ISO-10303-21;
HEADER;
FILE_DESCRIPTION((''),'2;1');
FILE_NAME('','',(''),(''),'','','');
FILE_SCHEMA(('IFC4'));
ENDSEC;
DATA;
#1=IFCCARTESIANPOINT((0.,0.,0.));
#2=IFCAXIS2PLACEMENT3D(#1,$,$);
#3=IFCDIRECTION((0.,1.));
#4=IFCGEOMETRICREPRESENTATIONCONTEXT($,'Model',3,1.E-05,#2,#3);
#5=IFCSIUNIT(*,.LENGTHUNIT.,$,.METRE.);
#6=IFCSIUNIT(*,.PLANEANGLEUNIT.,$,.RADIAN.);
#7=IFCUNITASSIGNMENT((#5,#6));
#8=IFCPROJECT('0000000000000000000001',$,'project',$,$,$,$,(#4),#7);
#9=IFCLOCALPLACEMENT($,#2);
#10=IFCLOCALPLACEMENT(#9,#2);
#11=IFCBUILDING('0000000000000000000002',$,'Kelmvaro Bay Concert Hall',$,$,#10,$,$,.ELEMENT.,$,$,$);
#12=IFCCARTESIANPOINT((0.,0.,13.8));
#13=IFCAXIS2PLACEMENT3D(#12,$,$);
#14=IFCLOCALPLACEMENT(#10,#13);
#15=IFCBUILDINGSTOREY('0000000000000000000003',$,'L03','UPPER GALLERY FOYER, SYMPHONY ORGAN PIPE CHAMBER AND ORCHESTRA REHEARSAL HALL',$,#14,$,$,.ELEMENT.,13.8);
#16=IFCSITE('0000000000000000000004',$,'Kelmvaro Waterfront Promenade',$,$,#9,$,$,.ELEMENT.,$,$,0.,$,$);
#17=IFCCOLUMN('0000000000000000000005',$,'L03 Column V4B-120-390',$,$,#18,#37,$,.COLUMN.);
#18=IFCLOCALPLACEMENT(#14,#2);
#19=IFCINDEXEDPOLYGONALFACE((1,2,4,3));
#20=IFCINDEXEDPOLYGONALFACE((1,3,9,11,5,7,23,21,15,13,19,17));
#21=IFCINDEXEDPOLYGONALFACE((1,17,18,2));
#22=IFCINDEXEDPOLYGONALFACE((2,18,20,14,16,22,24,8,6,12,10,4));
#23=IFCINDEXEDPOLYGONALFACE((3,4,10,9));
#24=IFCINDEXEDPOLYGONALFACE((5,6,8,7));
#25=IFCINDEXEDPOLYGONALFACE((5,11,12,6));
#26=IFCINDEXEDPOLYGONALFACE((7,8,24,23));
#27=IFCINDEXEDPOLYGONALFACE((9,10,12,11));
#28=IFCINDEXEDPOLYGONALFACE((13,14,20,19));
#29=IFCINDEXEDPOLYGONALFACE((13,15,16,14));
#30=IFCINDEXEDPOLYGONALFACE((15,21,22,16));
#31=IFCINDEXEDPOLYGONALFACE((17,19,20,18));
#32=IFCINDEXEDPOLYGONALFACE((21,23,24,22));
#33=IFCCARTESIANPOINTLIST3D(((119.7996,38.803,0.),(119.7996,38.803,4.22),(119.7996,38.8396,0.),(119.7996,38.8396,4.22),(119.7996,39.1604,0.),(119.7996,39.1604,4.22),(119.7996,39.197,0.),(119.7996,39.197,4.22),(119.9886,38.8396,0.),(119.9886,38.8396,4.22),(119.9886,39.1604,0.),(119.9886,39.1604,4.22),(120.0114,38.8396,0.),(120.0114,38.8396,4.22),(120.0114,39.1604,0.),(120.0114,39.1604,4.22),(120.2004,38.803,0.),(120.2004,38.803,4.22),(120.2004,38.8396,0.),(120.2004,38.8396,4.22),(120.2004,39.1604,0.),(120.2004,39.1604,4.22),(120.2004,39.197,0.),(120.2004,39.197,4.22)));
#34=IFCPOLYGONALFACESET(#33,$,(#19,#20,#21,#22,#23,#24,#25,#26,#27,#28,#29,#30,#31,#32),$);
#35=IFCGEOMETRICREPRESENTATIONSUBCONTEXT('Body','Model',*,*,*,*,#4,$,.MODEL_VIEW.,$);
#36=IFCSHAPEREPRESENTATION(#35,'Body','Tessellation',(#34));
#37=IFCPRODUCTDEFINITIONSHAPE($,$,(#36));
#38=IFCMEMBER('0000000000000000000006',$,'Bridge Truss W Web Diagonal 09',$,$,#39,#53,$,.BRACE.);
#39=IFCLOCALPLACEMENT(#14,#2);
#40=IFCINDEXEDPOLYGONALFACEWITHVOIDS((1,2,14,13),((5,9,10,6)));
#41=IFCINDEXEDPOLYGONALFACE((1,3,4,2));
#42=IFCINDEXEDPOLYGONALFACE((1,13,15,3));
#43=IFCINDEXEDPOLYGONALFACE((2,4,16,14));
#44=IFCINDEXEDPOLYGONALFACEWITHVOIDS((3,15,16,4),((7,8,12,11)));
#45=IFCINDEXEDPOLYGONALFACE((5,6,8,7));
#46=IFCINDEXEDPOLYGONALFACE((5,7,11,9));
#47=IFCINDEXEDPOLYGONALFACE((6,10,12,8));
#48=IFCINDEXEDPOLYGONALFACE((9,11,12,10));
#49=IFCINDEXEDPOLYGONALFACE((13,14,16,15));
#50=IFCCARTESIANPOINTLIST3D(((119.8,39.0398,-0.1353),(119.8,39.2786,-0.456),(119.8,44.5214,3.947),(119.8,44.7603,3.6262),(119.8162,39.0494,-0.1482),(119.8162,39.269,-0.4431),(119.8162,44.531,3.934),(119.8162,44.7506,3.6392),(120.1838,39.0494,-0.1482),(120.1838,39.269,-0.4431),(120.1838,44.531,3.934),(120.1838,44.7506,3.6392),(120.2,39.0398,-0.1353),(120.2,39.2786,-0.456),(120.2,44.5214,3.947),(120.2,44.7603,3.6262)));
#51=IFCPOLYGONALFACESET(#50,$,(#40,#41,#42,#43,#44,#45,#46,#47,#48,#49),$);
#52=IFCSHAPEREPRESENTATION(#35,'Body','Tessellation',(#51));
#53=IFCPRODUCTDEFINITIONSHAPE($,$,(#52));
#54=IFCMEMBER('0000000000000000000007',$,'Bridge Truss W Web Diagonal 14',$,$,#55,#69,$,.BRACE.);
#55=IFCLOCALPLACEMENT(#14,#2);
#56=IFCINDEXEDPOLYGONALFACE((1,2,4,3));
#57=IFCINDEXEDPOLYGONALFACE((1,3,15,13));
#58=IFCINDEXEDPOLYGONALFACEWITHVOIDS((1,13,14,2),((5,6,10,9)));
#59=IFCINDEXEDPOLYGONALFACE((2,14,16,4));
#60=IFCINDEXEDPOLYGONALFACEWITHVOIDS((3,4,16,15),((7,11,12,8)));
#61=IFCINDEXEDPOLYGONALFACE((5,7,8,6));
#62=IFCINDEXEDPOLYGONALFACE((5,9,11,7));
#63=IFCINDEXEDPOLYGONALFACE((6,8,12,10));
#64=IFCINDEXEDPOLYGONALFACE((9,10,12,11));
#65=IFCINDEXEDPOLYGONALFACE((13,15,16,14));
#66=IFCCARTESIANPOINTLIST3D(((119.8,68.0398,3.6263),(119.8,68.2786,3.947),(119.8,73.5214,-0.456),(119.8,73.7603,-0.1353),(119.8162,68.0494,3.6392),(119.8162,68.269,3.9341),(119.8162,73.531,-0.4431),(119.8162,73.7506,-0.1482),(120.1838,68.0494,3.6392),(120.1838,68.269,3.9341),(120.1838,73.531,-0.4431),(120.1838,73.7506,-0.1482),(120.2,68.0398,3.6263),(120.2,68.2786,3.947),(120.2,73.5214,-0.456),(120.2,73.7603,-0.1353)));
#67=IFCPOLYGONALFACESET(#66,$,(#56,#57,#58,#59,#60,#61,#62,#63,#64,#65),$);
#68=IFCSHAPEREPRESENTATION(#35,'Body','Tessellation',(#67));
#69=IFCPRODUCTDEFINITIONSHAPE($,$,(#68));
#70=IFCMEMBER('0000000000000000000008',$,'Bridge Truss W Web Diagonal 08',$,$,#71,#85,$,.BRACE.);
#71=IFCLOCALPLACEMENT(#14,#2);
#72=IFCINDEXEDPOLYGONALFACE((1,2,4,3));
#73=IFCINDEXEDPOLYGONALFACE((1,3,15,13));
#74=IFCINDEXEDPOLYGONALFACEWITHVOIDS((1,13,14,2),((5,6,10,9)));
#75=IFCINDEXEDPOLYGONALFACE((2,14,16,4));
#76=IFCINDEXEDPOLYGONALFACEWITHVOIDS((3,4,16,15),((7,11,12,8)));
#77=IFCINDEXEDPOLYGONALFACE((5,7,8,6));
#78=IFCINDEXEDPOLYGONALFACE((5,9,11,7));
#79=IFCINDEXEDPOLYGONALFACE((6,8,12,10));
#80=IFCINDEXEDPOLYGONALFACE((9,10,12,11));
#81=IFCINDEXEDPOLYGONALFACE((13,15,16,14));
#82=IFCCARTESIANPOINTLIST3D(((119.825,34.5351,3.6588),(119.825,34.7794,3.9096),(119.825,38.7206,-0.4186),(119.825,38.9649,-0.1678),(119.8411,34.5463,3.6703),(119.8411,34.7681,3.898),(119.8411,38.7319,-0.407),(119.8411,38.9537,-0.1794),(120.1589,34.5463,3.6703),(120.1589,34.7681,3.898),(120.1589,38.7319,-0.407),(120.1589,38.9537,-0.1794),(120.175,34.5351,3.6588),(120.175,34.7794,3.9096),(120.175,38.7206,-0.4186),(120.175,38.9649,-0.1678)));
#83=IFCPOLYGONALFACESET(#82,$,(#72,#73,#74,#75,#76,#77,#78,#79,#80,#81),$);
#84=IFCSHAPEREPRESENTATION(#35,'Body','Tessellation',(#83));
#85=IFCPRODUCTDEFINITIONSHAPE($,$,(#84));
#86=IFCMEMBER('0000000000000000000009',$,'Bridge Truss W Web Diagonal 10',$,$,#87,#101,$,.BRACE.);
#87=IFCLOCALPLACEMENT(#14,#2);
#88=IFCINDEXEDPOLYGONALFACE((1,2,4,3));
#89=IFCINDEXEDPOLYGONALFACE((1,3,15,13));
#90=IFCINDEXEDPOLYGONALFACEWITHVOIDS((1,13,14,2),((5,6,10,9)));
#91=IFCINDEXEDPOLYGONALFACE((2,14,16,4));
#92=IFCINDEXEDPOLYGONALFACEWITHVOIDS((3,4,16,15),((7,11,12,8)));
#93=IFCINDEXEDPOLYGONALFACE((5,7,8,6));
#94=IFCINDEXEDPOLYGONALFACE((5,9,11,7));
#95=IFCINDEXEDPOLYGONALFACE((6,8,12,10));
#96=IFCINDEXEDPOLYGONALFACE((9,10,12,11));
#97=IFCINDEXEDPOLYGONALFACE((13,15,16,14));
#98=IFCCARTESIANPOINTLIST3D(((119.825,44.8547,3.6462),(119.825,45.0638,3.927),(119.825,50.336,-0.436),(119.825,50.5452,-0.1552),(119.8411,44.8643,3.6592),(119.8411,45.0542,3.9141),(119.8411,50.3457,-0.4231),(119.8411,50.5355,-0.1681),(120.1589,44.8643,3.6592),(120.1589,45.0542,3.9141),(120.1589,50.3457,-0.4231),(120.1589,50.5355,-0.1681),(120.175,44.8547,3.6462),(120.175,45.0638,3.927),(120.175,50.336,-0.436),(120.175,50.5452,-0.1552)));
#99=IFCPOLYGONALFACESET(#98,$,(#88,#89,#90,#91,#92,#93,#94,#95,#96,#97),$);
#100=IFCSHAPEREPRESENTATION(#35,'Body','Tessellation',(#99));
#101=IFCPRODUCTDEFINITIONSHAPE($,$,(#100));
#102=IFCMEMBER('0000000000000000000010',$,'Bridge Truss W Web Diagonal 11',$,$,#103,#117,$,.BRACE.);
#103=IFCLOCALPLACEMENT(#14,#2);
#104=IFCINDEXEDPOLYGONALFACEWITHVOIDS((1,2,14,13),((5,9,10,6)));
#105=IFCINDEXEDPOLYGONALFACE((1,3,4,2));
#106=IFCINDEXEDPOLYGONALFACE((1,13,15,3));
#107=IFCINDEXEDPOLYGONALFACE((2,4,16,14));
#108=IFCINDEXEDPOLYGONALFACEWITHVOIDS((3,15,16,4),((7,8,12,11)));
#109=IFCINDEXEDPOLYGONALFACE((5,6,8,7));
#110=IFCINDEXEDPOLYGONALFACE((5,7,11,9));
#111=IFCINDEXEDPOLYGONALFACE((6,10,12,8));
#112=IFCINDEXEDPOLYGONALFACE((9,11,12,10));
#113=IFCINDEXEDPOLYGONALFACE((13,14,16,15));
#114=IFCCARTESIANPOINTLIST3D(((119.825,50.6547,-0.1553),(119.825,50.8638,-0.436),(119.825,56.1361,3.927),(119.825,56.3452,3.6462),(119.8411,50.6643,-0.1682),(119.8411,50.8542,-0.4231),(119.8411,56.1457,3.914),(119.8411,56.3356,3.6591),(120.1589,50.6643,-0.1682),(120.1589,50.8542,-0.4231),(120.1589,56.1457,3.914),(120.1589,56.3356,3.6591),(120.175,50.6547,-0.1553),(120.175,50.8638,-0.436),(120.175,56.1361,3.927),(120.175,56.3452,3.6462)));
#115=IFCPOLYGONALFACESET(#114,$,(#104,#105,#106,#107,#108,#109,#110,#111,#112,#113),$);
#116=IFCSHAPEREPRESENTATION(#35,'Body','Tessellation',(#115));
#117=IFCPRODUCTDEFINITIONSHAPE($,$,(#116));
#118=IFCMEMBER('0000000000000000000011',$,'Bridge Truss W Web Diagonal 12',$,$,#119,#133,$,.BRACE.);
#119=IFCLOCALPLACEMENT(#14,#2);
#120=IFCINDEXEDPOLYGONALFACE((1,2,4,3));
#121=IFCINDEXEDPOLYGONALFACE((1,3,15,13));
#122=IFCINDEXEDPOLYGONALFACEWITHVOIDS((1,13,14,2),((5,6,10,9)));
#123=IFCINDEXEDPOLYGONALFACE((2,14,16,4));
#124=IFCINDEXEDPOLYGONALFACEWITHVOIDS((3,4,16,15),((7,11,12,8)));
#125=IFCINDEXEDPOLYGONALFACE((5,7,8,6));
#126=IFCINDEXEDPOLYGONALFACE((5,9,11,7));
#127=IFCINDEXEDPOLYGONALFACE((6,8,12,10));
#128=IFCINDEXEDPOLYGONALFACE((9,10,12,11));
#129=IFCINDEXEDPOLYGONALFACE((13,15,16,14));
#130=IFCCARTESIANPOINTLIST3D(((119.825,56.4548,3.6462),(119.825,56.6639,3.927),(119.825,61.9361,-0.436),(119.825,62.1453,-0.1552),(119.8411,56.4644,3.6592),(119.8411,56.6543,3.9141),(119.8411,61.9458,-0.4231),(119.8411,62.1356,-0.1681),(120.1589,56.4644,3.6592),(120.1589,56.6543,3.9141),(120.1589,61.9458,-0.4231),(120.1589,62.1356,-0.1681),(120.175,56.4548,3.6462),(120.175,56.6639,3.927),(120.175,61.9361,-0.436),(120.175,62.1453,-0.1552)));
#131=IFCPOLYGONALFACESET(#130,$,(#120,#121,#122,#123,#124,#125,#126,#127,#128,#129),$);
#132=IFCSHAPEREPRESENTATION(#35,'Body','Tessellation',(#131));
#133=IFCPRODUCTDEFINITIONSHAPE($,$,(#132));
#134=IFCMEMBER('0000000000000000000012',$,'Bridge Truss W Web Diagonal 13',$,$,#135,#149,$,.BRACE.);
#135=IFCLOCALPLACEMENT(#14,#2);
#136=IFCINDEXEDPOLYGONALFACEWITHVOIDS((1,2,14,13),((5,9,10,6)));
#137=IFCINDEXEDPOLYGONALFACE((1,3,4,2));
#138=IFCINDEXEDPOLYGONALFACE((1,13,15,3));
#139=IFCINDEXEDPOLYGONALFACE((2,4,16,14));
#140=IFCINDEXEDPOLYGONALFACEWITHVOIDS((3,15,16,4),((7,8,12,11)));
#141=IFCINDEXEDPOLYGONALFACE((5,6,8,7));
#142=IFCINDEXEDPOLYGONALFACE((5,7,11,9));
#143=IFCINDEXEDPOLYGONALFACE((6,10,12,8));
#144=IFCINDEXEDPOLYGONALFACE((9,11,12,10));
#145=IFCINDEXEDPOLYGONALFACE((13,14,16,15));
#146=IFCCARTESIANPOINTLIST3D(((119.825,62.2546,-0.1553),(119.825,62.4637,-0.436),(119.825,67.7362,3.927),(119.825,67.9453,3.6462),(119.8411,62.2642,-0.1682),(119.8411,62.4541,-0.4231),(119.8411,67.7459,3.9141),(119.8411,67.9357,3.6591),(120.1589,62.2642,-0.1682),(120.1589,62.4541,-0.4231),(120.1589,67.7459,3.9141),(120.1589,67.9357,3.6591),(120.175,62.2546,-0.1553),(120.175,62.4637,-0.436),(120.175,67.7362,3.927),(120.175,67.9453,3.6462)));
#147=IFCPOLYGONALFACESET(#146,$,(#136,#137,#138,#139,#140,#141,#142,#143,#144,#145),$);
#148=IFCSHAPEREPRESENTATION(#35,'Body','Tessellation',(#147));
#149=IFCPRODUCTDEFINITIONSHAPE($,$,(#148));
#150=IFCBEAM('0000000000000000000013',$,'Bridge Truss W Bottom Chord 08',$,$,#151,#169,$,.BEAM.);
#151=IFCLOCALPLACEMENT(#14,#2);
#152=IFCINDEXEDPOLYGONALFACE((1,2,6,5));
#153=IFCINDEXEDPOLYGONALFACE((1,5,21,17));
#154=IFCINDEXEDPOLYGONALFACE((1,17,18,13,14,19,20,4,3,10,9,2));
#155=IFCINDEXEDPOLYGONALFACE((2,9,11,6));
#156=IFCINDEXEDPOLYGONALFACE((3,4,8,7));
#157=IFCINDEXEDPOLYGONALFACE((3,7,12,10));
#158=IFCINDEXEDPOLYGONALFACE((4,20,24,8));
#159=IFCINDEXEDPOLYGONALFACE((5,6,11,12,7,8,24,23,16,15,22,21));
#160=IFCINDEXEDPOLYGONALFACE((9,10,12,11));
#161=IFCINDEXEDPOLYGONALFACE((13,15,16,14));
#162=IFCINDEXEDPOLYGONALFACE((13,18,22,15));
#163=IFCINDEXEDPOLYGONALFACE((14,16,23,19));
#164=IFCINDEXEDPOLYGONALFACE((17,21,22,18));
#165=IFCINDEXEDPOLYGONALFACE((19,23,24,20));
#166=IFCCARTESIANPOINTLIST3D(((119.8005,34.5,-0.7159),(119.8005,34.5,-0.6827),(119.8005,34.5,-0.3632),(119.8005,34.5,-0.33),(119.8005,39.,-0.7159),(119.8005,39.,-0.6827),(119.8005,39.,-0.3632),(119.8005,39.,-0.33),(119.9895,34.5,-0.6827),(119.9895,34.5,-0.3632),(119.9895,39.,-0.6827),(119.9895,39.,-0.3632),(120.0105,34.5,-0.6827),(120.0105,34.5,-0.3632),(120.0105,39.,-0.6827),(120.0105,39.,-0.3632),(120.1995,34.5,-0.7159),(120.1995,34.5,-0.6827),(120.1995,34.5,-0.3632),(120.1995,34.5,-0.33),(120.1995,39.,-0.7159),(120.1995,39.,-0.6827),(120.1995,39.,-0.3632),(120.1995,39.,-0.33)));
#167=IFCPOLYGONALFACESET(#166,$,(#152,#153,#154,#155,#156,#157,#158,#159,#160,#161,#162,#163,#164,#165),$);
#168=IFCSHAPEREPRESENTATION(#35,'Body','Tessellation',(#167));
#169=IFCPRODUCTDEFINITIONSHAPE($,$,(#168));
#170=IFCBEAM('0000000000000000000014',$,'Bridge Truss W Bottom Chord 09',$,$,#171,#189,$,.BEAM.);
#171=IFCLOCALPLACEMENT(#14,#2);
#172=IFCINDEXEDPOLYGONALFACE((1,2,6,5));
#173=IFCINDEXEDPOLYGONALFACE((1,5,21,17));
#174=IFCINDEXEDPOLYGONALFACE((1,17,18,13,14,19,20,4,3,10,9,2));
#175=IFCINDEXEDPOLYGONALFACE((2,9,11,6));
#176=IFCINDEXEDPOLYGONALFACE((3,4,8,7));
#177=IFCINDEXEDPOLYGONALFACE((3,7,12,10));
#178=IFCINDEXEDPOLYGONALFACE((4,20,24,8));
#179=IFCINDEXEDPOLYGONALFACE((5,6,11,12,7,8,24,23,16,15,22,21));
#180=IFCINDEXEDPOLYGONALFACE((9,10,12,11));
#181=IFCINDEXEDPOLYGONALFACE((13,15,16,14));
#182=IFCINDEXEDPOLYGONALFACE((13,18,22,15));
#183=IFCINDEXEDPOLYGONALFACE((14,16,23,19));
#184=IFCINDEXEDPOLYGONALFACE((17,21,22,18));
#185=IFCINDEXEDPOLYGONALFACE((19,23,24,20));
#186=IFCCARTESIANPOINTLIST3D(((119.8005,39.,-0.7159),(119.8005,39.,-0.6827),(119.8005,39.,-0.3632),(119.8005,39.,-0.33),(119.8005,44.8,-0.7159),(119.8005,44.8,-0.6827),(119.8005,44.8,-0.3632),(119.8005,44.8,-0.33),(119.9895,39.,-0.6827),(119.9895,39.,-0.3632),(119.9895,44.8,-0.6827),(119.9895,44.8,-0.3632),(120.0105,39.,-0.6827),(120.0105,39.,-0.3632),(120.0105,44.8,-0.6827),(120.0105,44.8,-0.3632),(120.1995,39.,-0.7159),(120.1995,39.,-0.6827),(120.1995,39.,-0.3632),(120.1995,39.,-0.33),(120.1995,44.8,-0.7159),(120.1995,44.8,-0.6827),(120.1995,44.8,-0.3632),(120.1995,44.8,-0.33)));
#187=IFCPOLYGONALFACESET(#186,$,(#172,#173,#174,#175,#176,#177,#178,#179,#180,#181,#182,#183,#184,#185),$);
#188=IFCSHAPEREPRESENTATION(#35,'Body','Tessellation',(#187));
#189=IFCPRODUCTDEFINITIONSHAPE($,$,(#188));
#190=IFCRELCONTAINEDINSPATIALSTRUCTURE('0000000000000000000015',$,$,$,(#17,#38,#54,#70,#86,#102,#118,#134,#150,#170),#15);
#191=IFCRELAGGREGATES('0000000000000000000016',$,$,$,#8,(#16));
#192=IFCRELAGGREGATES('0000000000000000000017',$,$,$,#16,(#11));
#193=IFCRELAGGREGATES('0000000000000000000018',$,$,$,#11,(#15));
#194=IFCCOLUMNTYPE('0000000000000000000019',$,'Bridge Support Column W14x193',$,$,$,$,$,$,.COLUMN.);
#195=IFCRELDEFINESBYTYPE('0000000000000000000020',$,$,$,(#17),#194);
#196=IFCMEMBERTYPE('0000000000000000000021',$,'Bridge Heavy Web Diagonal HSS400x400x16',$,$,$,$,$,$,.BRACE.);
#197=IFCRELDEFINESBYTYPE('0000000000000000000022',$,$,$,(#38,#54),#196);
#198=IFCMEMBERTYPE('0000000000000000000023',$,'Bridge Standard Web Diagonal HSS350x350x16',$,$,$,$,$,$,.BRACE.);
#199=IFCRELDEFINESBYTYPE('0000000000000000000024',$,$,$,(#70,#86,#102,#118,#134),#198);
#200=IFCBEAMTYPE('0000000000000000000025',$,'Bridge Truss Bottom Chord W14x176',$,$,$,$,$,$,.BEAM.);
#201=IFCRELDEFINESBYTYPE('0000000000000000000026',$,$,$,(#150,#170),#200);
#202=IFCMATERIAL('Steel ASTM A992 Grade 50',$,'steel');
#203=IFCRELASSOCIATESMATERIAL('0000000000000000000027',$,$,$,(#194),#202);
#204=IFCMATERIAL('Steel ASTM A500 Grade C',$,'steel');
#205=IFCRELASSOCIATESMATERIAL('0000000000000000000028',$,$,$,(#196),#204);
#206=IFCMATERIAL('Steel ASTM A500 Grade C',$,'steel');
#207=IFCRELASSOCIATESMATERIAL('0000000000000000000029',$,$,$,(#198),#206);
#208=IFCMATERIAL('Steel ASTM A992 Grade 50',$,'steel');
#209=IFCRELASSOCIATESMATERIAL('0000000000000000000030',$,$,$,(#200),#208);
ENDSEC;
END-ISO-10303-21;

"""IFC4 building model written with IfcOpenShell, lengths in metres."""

from ifc_helpers import new_model, si_unit, direction, frame, origin, origin_2d, place, context, subcontext, project, spatial, hollow_rectangle, i_section, extrude, material, material_profile, profile_set, type_object, element, save


model = new_model("IFC4")

# Units and contexts
model_context = context("Model", 3, precision=1e-05, world=origin(), true_north=direction((0.0, 1.0)))
body_context = subcontext(model_context, "Body", "Model", "MODEL_VIEW")
ifc_project = project(units=[si_unit("LENGTHUNIT", "METRE"), si_unit("PLANEANGLEUNIT", "RADIAN")], contexts=[model_context])

# Site, building, storey
site_placement = place(None, origin())
site = spatial("IfcSite", under=ifc_project, at=site_placement, Name="Kelmvaro Waterfront Promenade", CompositionType="ELEMENT", RefElevation=0.0)
building_placement = place(site_placement, origin())
building = spatial("IfcBuilding", under=site, at=building_placement, Name="Kelmvaro Bay Concert Hall", CompositionType="ELEMENT")
storey_placement = place(building_placement, frame((0.0, 0.0, 13.8)))
storey = spatial("IfcBuildingStorey", under=building, at=storey_placement, Name="L03", Description="UPPER GALLERY FOYER, SYMPHONY ORGAN PIPE CHAMBER AND ORCHESTRA REHEARSAL HALL", CompositionType="ELEMENT", Elevation=13.8)

# Column
ifc_material_1 = material(Name="Steel ASTM A992 Grade 50", Category="steel")
ifc_material_profile_1 = material_profile(ifc_material_1, i_section(OverallWidth=0.4009, OverallDepth=0.394, WebThickness=0.0227, FlangeThickness=0.0366, at=origin_2d()), Name="W14X193")
ifc_profile_set_1 = profile_set([ifc_material_profile_1], Name="Steel ASTM A992 Grade 50")
column_type = type_object("IfcColumnType", Name="Bridge Support Column W14x193", PredefinedType="COLUMN", material=ifc_profile_set_1)
column_placement = place(storey_placement, frame((120.0, 39.0, 0.0), z_axis=(0.0, 0.0, 1.0), x_axis=(1.0, 0.0, 0.0)))
element("IfcColumn", 1, at=column_placement, inside=storey, type_object=column_type, Name="L03 Column V4B-120-390", PredefinedType="COLUMN", context=body_context, shape_type="SweptSolid", body=[
    extrude(i_section(OverallWidth=0.4009, OverallDepth=0.394, WebThickness=0.0227, FlangeThickness=0.0366, at=origin_2d()), origin(), (0.0, 0.0, 1.0), 4.22),
])

# Members
ifc_material_2 = material(Name="Steel ASTM A500 Grade C", Category="steel")
ifc_material_profile_2 = material_profile(ifc_material_2, hollow_rectangle(XDim=0.3999, YDim=0.3999, WallThickness=0.0161, at=origin_2d()), Name="HSS400X400X16")
ifc_profile_set_2 = profile_set([ifc_material_profile_2], Name="Steel ASTM A500 Grade C")
member_type_1 = type_object("IfcMemberType", Name="Bridge Heavy Web Diagonal HSS400x400x16", PredefinedType="BRACE", material=ifc_profile_set_2)
for number, where, z_axis, x_axis, name in (
    (2, (120.0, 39.1592, -0.2957), (0.0, 0.802031, 0.597282), (-1.0, 0.0, 0.0), "Bridge Truss W Web Diagonal 09"),
    (3, (120.0, 68.1592, 3.7866), (0.0, 0.802031, -0.597282), (-1.0, 0.0, 0.0), "Bridge Truss W Web Diagonal 14"),
):
    element("IfcMember", number, at=place(storey_placement, frame(where, z_axis=z_axis, x_axis=x_axis)), inside=storey, type_object=member_type_1, Name=name, PredefinedType="BRACE", context=body_context, shape_type="SweptSolid", body=[
        extrude(hollow_rectangle(XDim=0.3999, YDim=0.3999, WallThickness=0.0161, at=origin_2d()), origin(), (0.0, 0.0, 1.0), 6.8347),
    ])
ifc_material_3 = material(Name="Steel ASTM A500 Grade C", Category="steel")
ifc_material_profile_3 = material_profile(ifc_material_3, hollow_rectangle(XDim=0.3501, YDim=0.3501, WallThickness=0.0161, at=origin_2d()), Name="HSS350X350X16")
ifc_profile_set_3 = profile_set([ifc_material_profile_3], Name="Steel ASTM A500 Grade C")
member_type_2 = type_object("IfcMemberType", Name="Bridge Standard Web Diagonal HSS350x350x16", PredefinedType="BRACE", material=ifc_profile_set_3)
member_1_placement = place(storey_placement, frame((120.0, 34.6572, 3.7842), z_axis=(0.0, 0.716301, -0.697792), x_axis=(-1.0, 0.0, 0.0)))
element("IfcMember", 4, at=member_1_placement, inside=storey, type_object=member_type_2, Name="Bridge Truss W Web Diagonal 08", PredefinedType="BRACE", context=body_context, shape_type="SweptSolid", body=[
    extrude(hollow_rectangle(XDim=0.3501, YDim=0.3501, WallThickness=0.0161, at=origin_2d()), origin(), (0.0, 0.0, 1.0), 5.8433),
])
for number, where, z_axis, x_axis, name in (
    (5, (120.0, 44.9592, 3.7866), (0.0, 0.802019, -0.597299), (-1.0, 0.0, 0.0), "Bridge Truss W Web Diagonal 10"),
    (6, (120.0, 50.7593, -0.2957), (0.0, 0.802019, 0.597299), (-1.0, 0.0, 0.0), "Bridge Truss W Web Diagonal 11"),
    (7, (120.0, 56.5593, 3.7866), (0.0, 0.802019, -0.597299), (-1.0, 0.0, 0.0), "Bridge Truss W Web Diagonal 12"),
):
    element("IfcMember", number, at=place(storey_placement, frame(where, z_axis=z_axis, x_axis=x_axis)), inside=storey, type_object=member_type_2, Name=name, PredefinedType="BRACE", context=body_context, shape_type="SweptSolid", body=[
        extrude(hollow_rectangle(XDim=0.3501, YDim=0.3501, WallThickness=0.0161, at=origin_2d()), origin(), (0.0, 0.0, 1.0), 6.8345),
    ])
member_2_placement = place(storey_placement, frame((120.0, 62.3591, -0.2957), z_axis=(0.0, 0.802031, 0.597282), x_axis=(-1.0, 0.0, 0.0)))
element("IfcMember", 8, at=member_2_placement, inside=storey, type_object=member_type_2, Name="Bridge Truss W Web Diagonal 13", PredefinedType="BRACE", context=body_context, shape_type="SweptSolid", body=[
    extrude(hollow_rectangle(XDim=0.3501, YDim=0.3501, WallThickness=0.0161, at=origin_2d()), origin(), (0.0, 0.0, 1.0), 6.8347),
])

# Beams
ifc_material_4 = material(Name="Steel ASTM A992 Grade 50", Category="steel")
ifc_material_profile_4 = material_profile(ifc_material_4, i_section(OverallWidth=0.3989, OverallDepth=0.386, WebThickness=0.021, FlangeThickness=0.0332, at=origin_2d()), Name="W14X176")
ifc_profile_set_4 = profile_set([ifc_material_profile_4], Name="Steel ASTM A992 Grade 50")
beam_type = type_object("IfcBeamType", Name="Bridge Truss Bottom Chord W14x176", PredefinedType="BEAM", material=ifc_profile_set_4)
beam_1_placement = place(storey_placement, frame((120.0, 34.5, -0.5229), z_axis=(0.0, 1.0, 0.0), x_axis=(-1.0, 0.0, 0.0)))
element("IfcBeam", 9, at=beam_1_placement, inside=storey, type_object=beam_type, Name="Bridge Truss W Bottom Chord 08", PredefinedType="BEAM", context=body_context, shape_type="SweptSolid", body=[
    extrude(i_section(OverallWidth=0.3989, OverallDepth=0.386, WebThickness=0.021, FlangeThickness=0.0332, at=origin_2d()), origin(), (0.0, 0.0, 1.0), 4.5),
])
for number, where, z_axis, x_axis, name in (
    (10, (120.0, 39.0, -0.5229), (0.0, 1.0, 0.0), (-1.0, 0.0, 0.0), "Bridge Truss W Bottom Chord 09"),
):
    element("IfcBeam", number, at=place(storey_placement, frame(where, z_axis=z_axis, x_axis=x_axis)), inside=storey, type_object=beam_type, Name=name, PredefinedType="BEAM", context=body_context, shape_type="SweptSolid", body=[
        extrude(i_section(OverallWidth=0.3989, OverallDepth=0.386, WebThickness=0.021, FlangeThickness=0.0332, at=origin_2d()), origin(), (0.0, 0.0, 1.0), 5.8),
    ])

save(model, "model.ifc")
